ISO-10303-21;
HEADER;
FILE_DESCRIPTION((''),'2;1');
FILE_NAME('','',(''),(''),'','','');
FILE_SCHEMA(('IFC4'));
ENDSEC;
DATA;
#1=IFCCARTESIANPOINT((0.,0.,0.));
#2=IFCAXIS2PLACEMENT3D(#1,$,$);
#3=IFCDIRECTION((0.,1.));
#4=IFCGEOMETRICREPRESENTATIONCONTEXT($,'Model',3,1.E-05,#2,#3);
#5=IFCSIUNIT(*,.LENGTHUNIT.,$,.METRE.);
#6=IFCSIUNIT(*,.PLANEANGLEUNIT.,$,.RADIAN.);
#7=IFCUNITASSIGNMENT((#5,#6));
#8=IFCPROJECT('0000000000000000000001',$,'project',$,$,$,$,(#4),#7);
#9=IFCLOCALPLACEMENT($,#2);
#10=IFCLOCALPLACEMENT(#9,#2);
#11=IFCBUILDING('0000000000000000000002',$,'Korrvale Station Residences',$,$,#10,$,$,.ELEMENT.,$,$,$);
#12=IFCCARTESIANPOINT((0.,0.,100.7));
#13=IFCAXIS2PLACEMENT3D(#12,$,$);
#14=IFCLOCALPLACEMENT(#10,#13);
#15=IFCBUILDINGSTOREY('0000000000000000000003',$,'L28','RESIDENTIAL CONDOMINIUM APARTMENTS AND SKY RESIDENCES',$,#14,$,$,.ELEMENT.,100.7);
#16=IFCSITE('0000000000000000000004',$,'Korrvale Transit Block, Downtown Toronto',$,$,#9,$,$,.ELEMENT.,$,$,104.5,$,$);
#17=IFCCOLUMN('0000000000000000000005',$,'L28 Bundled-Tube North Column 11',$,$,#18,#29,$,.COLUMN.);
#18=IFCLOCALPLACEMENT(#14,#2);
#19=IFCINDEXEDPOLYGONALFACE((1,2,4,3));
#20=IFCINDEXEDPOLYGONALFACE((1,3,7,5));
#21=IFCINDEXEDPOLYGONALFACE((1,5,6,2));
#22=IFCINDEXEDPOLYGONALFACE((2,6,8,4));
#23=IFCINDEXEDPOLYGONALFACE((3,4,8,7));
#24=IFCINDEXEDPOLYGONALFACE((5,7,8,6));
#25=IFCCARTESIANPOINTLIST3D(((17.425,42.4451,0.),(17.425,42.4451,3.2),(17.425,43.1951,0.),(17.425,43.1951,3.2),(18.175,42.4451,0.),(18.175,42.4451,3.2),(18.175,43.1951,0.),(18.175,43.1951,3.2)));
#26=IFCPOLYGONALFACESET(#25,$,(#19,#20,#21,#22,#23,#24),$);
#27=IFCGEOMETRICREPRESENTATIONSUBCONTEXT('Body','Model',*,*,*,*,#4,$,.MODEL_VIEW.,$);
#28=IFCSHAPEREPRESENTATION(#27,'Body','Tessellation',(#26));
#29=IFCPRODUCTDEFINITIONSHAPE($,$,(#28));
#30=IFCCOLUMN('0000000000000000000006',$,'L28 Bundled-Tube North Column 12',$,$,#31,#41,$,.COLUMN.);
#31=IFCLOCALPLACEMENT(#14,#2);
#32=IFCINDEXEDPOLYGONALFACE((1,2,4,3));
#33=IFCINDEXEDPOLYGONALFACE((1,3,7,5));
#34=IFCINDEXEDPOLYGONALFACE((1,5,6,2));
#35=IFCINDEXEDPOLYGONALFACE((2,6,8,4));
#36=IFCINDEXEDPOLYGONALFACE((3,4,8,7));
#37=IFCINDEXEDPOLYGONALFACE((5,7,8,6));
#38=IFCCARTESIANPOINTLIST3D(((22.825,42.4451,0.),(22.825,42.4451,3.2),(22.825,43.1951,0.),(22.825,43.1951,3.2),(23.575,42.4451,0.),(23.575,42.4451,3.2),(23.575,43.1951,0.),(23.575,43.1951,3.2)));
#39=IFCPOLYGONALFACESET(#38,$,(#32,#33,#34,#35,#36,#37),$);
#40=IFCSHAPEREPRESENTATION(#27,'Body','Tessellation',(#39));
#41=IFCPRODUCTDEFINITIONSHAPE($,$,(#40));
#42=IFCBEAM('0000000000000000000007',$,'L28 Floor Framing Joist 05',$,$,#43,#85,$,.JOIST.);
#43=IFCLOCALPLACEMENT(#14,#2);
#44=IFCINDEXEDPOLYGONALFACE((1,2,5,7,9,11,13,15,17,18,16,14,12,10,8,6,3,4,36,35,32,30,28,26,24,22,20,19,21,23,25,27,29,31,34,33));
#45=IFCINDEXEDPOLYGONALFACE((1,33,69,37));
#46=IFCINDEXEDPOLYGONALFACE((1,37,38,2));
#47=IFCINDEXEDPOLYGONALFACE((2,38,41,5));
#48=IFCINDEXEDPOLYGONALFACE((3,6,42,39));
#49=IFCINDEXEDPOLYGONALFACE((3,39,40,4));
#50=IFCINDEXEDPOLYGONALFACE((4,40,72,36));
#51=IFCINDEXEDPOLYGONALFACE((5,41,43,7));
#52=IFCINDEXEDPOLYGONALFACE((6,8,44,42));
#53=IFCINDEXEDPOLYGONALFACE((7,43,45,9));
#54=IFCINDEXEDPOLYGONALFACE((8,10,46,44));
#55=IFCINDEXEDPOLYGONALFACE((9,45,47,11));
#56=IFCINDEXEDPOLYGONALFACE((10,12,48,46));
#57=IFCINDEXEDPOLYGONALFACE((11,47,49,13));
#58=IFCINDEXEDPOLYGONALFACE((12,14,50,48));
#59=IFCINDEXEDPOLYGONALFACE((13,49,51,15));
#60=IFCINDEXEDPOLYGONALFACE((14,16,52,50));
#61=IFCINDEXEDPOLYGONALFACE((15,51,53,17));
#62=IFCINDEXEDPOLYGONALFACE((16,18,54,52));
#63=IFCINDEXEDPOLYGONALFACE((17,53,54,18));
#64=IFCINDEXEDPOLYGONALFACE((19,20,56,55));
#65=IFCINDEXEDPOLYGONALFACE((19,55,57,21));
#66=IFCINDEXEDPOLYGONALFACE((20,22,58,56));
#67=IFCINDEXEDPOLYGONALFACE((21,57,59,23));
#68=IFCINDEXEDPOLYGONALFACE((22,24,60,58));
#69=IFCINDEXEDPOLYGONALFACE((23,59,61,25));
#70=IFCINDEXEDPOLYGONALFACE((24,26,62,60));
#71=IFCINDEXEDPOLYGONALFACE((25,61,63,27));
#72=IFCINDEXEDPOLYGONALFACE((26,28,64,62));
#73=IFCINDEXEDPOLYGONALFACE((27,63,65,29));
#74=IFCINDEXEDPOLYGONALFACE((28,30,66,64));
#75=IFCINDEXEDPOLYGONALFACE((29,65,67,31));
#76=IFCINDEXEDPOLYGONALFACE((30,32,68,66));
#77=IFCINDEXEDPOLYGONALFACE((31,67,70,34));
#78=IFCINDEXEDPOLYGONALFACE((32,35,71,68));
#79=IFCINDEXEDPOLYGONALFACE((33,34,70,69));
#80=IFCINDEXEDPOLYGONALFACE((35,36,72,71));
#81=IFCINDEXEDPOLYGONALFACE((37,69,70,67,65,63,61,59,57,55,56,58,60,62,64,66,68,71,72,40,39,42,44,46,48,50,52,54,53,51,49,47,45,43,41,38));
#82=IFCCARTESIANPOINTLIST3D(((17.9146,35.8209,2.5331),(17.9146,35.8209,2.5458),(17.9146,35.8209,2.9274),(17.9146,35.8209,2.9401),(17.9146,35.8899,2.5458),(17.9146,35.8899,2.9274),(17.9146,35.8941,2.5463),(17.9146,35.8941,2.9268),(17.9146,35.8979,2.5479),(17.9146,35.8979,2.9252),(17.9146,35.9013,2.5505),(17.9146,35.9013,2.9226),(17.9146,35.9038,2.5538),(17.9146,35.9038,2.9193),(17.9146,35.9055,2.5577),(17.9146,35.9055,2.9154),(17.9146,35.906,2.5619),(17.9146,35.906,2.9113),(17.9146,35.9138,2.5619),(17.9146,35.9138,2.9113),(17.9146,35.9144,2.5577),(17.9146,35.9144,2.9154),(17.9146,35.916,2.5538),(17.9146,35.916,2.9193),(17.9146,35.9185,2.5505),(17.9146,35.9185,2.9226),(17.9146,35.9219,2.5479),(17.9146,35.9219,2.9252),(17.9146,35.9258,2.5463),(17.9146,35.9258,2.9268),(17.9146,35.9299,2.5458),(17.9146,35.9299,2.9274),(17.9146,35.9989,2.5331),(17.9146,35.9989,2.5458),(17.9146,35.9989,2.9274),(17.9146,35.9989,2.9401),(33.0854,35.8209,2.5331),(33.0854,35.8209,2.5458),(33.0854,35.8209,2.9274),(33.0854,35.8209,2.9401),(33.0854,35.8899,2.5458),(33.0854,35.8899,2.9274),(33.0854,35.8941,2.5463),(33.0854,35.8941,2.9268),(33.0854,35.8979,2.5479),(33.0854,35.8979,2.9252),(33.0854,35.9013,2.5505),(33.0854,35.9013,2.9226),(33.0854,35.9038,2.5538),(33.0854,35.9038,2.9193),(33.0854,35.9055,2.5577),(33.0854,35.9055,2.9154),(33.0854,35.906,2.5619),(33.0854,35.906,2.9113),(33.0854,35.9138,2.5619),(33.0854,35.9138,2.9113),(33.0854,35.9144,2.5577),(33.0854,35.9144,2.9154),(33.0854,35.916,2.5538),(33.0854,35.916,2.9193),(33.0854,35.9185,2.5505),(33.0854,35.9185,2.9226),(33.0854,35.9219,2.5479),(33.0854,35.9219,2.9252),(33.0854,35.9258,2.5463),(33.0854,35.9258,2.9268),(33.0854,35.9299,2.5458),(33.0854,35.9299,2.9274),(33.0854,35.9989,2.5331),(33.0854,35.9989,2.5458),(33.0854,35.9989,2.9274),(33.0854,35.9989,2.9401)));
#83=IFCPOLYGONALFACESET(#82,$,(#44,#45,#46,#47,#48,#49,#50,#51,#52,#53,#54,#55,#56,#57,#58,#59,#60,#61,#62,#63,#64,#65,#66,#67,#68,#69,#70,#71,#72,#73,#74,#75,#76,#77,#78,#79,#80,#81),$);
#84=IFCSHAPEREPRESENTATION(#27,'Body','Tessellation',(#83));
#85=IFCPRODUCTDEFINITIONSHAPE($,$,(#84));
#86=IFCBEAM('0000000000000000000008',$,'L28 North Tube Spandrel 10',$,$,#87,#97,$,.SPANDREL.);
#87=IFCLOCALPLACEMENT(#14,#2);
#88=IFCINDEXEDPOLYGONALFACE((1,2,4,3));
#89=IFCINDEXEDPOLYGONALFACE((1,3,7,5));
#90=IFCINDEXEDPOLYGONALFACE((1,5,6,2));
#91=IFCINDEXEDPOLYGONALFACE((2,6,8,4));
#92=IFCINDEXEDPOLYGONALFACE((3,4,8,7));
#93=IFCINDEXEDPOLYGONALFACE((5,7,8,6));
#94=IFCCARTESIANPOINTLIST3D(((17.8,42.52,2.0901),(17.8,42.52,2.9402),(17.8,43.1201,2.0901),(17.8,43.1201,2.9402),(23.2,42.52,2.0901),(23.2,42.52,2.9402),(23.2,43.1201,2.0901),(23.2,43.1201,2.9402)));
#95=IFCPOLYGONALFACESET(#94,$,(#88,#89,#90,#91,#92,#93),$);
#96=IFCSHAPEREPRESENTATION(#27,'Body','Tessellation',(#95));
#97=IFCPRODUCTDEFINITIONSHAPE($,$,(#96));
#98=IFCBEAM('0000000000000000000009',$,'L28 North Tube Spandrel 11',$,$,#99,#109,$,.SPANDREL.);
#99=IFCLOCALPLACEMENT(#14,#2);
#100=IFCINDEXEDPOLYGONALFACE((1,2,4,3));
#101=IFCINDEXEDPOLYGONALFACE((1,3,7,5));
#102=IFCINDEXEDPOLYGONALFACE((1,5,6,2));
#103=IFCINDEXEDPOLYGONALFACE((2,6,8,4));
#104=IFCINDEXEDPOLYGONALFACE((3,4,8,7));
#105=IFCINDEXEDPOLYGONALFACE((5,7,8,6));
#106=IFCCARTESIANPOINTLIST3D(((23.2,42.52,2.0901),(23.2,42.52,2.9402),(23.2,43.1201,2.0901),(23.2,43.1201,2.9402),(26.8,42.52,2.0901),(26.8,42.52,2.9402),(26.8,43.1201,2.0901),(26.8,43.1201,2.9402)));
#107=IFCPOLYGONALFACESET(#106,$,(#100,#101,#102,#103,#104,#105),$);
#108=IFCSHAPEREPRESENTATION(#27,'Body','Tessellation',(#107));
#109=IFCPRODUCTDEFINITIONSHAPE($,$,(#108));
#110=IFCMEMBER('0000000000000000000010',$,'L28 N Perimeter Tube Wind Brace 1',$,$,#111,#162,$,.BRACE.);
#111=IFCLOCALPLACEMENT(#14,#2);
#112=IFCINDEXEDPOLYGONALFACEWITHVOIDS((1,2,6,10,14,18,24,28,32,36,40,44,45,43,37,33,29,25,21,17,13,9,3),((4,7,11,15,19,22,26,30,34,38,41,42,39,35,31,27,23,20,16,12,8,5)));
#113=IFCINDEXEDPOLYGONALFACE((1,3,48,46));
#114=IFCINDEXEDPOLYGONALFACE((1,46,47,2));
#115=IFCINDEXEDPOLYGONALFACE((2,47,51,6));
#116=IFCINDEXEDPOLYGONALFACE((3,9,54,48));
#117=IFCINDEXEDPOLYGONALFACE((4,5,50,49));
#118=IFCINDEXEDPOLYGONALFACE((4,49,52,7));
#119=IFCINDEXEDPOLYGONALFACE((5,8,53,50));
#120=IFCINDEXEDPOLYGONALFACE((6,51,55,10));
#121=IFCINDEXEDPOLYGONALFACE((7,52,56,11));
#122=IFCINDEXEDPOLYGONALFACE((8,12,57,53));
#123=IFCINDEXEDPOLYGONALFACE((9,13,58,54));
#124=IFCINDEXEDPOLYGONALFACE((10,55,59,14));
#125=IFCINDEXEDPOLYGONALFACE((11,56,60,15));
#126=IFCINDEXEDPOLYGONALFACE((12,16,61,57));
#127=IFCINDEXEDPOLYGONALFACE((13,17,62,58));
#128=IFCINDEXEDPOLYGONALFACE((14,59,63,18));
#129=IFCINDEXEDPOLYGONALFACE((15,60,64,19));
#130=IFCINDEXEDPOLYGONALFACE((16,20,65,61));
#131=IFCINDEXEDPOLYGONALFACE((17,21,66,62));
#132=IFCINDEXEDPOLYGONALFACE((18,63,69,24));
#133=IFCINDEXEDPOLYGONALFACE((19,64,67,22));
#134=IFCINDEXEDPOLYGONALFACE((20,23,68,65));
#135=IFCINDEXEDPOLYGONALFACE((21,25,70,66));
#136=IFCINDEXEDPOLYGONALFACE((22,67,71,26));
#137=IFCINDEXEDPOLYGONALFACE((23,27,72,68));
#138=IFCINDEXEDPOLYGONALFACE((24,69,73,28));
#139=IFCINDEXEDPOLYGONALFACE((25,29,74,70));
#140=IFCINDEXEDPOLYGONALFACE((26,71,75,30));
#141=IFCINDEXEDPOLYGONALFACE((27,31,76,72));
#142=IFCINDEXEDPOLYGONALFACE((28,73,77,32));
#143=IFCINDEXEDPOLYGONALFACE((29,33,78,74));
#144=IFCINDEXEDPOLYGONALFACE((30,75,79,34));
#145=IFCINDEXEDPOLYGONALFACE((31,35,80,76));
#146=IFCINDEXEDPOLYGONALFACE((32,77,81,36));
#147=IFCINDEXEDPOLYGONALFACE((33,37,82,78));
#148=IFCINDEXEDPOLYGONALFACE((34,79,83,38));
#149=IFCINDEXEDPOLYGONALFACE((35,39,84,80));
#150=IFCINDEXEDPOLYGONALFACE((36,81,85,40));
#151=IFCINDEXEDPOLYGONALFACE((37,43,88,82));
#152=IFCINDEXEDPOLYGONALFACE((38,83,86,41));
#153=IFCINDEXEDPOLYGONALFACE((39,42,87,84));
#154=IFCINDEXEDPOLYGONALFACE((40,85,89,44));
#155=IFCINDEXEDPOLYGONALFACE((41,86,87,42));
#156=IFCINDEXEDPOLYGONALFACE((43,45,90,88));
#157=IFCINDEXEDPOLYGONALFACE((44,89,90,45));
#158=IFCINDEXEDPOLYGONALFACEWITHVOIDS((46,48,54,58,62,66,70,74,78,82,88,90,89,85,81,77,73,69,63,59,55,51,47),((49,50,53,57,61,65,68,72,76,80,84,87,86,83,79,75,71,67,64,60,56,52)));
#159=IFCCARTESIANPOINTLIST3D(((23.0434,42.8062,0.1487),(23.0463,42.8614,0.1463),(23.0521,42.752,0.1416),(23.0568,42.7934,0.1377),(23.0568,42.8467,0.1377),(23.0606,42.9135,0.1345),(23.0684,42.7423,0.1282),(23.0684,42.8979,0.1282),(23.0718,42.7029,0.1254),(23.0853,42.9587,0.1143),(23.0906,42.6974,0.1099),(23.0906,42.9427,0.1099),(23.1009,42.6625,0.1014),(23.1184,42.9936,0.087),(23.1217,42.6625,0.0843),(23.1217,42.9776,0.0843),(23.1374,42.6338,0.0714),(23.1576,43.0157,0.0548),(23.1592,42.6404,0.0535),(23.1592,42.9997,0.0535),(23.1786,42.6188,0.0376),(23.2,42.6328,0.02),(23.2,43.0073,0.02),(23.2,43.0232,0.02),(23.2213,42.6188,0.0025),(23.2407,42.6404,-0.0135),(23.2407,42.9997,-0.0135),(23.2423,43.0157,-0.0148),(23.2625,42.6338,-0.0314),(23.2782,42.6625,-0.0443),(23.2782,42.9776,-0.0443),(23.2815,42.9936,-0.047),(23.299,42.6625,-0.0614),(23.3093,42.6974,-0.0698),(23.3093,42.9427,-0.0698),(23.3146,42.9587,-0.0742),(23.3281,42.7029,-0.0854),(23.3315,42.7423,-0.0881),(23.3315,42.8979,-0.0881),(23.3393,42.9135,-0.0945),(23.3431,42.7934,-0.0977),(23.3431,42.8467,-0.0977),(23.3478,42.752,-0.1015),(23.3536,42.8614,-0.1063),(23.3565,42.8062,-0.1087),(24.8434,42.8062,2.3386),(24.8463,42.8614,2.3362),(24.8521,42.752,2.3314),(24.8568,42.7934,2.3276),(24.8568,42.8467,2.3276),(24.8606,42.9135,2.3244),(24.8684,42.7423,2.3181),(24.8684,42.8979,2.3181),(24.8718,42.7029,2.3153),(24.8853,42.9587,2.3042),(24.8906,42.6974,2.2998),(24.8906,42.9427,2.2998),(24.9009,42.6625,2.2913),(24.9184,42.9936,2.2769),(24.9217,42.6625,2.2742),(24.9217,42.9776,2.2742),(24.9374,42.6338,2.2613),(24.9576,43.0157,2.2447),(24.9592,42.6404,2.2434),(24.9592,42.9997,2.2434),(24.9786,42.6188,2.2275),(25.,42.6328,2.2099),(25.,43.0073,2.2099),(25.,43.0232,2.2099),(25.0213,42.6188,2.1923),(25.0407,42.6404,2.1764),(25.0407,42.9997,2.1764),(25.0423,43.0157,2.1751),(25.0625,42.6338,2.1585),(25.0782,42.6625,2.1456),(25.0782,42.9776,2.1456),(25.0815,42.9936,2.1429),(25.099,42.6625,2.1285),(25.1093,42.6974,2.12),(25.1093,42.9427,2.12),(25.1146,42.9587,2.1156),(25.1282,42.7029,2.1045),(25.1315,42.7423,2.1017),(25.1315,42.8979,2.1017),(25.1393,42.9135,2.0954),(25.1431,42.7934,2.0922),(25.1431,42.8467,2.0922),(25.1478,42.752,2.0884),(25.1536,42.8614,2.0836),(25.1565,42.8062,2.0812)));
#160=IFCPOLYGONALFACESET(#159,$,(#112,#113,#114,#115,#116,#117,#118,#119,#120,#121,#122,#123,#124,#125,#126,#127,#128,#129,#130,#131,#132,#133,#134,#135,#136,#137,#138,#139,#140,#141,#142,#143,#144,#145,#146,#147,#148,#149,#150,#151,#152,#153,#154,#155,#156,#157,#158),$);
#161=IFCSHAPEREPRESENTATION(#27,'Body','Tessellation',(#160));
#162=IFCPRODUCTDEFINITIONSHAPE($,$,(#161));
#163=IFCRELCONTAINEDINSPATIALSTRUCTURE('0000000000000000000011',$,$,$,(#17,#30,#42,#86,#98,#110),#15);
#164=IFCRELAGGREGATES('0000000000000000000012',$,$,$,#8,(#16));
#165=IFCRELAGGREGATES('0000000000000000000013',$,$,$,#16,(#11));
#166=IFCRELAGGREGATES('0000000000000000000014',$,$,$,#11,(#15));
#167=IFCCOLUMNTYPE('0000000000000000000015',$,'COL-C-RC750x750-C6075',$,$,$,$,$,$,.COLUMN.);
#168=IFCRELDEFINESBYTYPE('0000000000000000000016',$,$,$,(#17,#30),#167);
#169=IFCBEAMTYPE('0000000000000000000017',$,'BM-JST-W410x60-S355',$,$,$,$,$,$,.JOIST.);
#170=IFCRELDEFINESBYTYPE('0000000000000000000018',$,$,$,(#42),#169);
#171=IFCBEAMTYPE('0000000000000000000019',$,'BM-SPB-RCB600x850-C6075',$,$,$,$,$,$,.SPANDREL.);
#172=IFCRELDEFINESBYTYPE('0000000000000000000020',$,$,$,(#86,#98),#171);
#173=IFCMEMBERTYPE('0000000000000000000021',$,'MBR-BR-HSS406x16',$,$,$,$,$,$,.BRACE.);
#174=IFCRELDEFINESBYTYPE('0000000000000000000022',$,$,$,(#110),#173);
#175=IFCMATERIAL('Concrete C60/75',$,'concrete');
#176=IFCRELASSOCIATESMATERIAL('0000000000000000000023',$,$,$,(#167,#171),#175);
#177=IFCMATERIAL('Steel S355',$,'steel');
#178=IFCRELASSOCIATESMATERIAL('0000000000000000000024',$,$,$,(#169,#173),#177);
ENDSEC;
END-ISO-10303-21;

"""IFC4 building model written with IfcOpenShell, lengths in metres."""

from ifc_helpers import new_model, si_unit, direction, frame, origin, origin_2d, place, context, subcontext, project, spatial, rectangle, hollow_circle, i_section, extrude, material, material_profile, profile_set, type_object, element, save


model = new_model("IFC4")

# Units and contexts
model_context = context("Model", 3, precision=1e-05, world=origin(), true_north=direction((0.0, 1.0)))
body_context = subcontext(model_context, "Body", "Model", "MODEL_VIEW")
ifc_project = project(units=[si_unit("LENGTHUNIT", "METRE"), si_unit("PLANEANGLEUNIT", "RADIAN")], contexts=[model_context])

# Site, building, storey
site_placement = place(None, origin())
site = spatial("IfcSite", under=ifc_project, at=site_placement, Name="Korrvale Transit Block, Downtown Toronto", CompositionType="ELEMENT", RefElevation=104.5)
building_placement = place(site_placement, origin())
building = spatial("IfcBuilding", under=site, at=building_placement, Name="Korrvale Station Residences", CompositionType="ELEMENT")
storey_placement = place(building_placement, frame((0.0, 0.0, 100.7)))
storey = spatial("IfcBuildingStorey", under=building, at=storey_placement, Name="L28", Description="RESIDENTIAL CONDOMINIUM APARTMENTS AND SKY RESIDENCES", CompositionType="ELEMENT", Elevation=100.7)

# Columns
ifc_material_1 = material(Name="Concrete C60/75", Category="concrete")
ifc_material_profile_1 = material_profile(ifc_material_1, rectangle(XDim=0.75, YDim=0.75, at=origin_2d()), Name="RC750x750")
ifc_profile_set_1 = profile_set([ifc_material_profile_1], Name="Concrete C60/75")
column_type = type_object("IfcColumnType", Name="COL-C-RC750x750-C6075", PredefinedType="COLUMN", material=ifc_profile_set_1)
for number, where, z_axis, x_axis, name in (
    (1, (17.8, 42.8201, 0.0), (0.0, 0.0, 1.0), (1.0, 0.0, 0.0), "L28 Bundled-Tube North Column 11"),
    (2, (23.2, 42.8201, 0.0), (0.0, 0.0, 1.0), (1.0, 0.0, 0.0), "L28 Bundled-Tube North Column 12"),
):
    element("IfcColumn", number, at=place(storey_placement, frame(where, z_axis=z_axis, x_axis=x_axis)), inside=storey, type_object=column_type, Name=name, PredefinedType="COLUMN", context=body_context, shape_type="SweptSolid", body=[
        extrude(rectangle(XDim=0.75, YDim=0.75, at=origin_2d()), origin(), (0.0, 0.0, 1.0), 3.2),
    ])

# Beams
ifc_material_2 = material(Name="Steel S355", Category="steel")
ifc_material_profile_2 = material_profile(ifc_material_2, i_section(OverallWidth=0.178, OverallDepth=0.407, WebThickness=0.0078, FlangeThickness=0.0127, FilletRadius=0.0161, at=origin_2d()), Name="W410x60")
ifc_profile_set_2 = profile_set([ifc_material_profile_2], Name="Steel S355")
beam_type_1 = type_object("IfcBeamType", Name="BM-JST-W410x60-S355", PredefinedType="JOIST", material=ifc_profile_set_2)
beam_1_placement = place(storey_placement, frame((17.9146, 35.9099, 2.7366), z_axis=(1.0, 0.0, 0.0), x_axis=(0.0, 1.0, 0.0)))
element("IfcBeam", 3, at=beam_1_placement, inside=storey, type_object=beam_type_1, Name="L28 Floor Framing Joist 05", PredefinedType="JOIST", context=body_context, shape_type="SweptSolid", body=[
    extrude(i_section(OverallWidth=0.178, OverallDepth=0.407, WebThickness=0.0078, FlangeThickness=0.0127, FilletRadius=0.0161, at=origin_2d()), origin(), (0.0, 0.0, 1.0), 15.1709),
])
ifc_material_profile_3 = material_profile(ifc_material_1, rectangle(XDim=0.6001, YDim=0.8501, at=origin_2d()), Name="RCB600x850")
ifc_profile_set_3 = profile_set([ifc_material_profile_3], Name="Concrete C60/75")
beam_type_2 = type_object("IfcBeamType", Name="BM-SPB-RCB600x850-C6075", PredefinedType="SPANDREL", material=ifc_profile_set_3)
beam_2_placement = place(storey_placement, frame((17.8, 42.8201, 2.5151), z_axis=(1.0, 0.0, 0.0), x_axis=(0.0, 1.0, 0.0)))
element("IfcBeam", 4, at=beam_2_placement, inside=storey, type_object=beam_type_2, Name="L28 North Tube Spandrel 10", PredefinedType="SPANDREL", context=body_context, shape_type="SweptSolid", body=[
    extrude(rectangle(XDim=0.6001, YDim=0.8501, at=origin_2d()), origin(), (0.0, 0.0, 1.0), 5.3999),
])
beam_3_placement = place(storey_placement, frame((23.2, 42.8201, 2.5151), z_axis=(1.0, 0.0, 0.0), x_axis=(0.0, 1.0, 0.0)))
element("IfcBeam", 5, at=beam_3_placement, inside=storey, type_object=beam_type_2, Name="L28 North Tube Spandrel 11", PredefinedType="SPANDREL", context=body_context, shape_type="SweptSolid", body=[
    extrude(rectangle(XDim=0.6001, YDim=0.8501, at=origin_2d()), origin(), (0.0, 0.0, 1.0), 3.6001),
])

# Member
ifc_material_profile_4 = material_profile(ifc_material_2, hollow_circle(Radius=0.2031, WallThickness=0.0159, at=origin_2d()), Name="HSS406x16")
ifc_profile_set_4 = profile_set([ifc_material_profile_4], Name="Steel S355")
member_type = type_object("IfcMemberType", Name="MBR-BR-HSS406x16", PredefinedType="BRACE", material=ifc_profile_set_4)
member_placement = place(storey_placement, frame((23.2, 42.8201, 0.02), z_axis=(0.634985, 0.0, 0.772524), x_axis=(0.0, 1.0, 0.0)))
element("IfcMember", 6, at=member_placement, inside=storey, type_object=member_type, Name="L28 N Perimeter Tube Wind Brace 1", PredefinedType="BRACE", context=body_context, shape_type="SweptSolid", body=[
    extrude(hollow_circle(Radius=0.2031, WallThickness=0.0159, at=origin_2d()), origin(), (0.0, 0.0, 1.0), 2.8347),
])

save(model, "model.ifc")
